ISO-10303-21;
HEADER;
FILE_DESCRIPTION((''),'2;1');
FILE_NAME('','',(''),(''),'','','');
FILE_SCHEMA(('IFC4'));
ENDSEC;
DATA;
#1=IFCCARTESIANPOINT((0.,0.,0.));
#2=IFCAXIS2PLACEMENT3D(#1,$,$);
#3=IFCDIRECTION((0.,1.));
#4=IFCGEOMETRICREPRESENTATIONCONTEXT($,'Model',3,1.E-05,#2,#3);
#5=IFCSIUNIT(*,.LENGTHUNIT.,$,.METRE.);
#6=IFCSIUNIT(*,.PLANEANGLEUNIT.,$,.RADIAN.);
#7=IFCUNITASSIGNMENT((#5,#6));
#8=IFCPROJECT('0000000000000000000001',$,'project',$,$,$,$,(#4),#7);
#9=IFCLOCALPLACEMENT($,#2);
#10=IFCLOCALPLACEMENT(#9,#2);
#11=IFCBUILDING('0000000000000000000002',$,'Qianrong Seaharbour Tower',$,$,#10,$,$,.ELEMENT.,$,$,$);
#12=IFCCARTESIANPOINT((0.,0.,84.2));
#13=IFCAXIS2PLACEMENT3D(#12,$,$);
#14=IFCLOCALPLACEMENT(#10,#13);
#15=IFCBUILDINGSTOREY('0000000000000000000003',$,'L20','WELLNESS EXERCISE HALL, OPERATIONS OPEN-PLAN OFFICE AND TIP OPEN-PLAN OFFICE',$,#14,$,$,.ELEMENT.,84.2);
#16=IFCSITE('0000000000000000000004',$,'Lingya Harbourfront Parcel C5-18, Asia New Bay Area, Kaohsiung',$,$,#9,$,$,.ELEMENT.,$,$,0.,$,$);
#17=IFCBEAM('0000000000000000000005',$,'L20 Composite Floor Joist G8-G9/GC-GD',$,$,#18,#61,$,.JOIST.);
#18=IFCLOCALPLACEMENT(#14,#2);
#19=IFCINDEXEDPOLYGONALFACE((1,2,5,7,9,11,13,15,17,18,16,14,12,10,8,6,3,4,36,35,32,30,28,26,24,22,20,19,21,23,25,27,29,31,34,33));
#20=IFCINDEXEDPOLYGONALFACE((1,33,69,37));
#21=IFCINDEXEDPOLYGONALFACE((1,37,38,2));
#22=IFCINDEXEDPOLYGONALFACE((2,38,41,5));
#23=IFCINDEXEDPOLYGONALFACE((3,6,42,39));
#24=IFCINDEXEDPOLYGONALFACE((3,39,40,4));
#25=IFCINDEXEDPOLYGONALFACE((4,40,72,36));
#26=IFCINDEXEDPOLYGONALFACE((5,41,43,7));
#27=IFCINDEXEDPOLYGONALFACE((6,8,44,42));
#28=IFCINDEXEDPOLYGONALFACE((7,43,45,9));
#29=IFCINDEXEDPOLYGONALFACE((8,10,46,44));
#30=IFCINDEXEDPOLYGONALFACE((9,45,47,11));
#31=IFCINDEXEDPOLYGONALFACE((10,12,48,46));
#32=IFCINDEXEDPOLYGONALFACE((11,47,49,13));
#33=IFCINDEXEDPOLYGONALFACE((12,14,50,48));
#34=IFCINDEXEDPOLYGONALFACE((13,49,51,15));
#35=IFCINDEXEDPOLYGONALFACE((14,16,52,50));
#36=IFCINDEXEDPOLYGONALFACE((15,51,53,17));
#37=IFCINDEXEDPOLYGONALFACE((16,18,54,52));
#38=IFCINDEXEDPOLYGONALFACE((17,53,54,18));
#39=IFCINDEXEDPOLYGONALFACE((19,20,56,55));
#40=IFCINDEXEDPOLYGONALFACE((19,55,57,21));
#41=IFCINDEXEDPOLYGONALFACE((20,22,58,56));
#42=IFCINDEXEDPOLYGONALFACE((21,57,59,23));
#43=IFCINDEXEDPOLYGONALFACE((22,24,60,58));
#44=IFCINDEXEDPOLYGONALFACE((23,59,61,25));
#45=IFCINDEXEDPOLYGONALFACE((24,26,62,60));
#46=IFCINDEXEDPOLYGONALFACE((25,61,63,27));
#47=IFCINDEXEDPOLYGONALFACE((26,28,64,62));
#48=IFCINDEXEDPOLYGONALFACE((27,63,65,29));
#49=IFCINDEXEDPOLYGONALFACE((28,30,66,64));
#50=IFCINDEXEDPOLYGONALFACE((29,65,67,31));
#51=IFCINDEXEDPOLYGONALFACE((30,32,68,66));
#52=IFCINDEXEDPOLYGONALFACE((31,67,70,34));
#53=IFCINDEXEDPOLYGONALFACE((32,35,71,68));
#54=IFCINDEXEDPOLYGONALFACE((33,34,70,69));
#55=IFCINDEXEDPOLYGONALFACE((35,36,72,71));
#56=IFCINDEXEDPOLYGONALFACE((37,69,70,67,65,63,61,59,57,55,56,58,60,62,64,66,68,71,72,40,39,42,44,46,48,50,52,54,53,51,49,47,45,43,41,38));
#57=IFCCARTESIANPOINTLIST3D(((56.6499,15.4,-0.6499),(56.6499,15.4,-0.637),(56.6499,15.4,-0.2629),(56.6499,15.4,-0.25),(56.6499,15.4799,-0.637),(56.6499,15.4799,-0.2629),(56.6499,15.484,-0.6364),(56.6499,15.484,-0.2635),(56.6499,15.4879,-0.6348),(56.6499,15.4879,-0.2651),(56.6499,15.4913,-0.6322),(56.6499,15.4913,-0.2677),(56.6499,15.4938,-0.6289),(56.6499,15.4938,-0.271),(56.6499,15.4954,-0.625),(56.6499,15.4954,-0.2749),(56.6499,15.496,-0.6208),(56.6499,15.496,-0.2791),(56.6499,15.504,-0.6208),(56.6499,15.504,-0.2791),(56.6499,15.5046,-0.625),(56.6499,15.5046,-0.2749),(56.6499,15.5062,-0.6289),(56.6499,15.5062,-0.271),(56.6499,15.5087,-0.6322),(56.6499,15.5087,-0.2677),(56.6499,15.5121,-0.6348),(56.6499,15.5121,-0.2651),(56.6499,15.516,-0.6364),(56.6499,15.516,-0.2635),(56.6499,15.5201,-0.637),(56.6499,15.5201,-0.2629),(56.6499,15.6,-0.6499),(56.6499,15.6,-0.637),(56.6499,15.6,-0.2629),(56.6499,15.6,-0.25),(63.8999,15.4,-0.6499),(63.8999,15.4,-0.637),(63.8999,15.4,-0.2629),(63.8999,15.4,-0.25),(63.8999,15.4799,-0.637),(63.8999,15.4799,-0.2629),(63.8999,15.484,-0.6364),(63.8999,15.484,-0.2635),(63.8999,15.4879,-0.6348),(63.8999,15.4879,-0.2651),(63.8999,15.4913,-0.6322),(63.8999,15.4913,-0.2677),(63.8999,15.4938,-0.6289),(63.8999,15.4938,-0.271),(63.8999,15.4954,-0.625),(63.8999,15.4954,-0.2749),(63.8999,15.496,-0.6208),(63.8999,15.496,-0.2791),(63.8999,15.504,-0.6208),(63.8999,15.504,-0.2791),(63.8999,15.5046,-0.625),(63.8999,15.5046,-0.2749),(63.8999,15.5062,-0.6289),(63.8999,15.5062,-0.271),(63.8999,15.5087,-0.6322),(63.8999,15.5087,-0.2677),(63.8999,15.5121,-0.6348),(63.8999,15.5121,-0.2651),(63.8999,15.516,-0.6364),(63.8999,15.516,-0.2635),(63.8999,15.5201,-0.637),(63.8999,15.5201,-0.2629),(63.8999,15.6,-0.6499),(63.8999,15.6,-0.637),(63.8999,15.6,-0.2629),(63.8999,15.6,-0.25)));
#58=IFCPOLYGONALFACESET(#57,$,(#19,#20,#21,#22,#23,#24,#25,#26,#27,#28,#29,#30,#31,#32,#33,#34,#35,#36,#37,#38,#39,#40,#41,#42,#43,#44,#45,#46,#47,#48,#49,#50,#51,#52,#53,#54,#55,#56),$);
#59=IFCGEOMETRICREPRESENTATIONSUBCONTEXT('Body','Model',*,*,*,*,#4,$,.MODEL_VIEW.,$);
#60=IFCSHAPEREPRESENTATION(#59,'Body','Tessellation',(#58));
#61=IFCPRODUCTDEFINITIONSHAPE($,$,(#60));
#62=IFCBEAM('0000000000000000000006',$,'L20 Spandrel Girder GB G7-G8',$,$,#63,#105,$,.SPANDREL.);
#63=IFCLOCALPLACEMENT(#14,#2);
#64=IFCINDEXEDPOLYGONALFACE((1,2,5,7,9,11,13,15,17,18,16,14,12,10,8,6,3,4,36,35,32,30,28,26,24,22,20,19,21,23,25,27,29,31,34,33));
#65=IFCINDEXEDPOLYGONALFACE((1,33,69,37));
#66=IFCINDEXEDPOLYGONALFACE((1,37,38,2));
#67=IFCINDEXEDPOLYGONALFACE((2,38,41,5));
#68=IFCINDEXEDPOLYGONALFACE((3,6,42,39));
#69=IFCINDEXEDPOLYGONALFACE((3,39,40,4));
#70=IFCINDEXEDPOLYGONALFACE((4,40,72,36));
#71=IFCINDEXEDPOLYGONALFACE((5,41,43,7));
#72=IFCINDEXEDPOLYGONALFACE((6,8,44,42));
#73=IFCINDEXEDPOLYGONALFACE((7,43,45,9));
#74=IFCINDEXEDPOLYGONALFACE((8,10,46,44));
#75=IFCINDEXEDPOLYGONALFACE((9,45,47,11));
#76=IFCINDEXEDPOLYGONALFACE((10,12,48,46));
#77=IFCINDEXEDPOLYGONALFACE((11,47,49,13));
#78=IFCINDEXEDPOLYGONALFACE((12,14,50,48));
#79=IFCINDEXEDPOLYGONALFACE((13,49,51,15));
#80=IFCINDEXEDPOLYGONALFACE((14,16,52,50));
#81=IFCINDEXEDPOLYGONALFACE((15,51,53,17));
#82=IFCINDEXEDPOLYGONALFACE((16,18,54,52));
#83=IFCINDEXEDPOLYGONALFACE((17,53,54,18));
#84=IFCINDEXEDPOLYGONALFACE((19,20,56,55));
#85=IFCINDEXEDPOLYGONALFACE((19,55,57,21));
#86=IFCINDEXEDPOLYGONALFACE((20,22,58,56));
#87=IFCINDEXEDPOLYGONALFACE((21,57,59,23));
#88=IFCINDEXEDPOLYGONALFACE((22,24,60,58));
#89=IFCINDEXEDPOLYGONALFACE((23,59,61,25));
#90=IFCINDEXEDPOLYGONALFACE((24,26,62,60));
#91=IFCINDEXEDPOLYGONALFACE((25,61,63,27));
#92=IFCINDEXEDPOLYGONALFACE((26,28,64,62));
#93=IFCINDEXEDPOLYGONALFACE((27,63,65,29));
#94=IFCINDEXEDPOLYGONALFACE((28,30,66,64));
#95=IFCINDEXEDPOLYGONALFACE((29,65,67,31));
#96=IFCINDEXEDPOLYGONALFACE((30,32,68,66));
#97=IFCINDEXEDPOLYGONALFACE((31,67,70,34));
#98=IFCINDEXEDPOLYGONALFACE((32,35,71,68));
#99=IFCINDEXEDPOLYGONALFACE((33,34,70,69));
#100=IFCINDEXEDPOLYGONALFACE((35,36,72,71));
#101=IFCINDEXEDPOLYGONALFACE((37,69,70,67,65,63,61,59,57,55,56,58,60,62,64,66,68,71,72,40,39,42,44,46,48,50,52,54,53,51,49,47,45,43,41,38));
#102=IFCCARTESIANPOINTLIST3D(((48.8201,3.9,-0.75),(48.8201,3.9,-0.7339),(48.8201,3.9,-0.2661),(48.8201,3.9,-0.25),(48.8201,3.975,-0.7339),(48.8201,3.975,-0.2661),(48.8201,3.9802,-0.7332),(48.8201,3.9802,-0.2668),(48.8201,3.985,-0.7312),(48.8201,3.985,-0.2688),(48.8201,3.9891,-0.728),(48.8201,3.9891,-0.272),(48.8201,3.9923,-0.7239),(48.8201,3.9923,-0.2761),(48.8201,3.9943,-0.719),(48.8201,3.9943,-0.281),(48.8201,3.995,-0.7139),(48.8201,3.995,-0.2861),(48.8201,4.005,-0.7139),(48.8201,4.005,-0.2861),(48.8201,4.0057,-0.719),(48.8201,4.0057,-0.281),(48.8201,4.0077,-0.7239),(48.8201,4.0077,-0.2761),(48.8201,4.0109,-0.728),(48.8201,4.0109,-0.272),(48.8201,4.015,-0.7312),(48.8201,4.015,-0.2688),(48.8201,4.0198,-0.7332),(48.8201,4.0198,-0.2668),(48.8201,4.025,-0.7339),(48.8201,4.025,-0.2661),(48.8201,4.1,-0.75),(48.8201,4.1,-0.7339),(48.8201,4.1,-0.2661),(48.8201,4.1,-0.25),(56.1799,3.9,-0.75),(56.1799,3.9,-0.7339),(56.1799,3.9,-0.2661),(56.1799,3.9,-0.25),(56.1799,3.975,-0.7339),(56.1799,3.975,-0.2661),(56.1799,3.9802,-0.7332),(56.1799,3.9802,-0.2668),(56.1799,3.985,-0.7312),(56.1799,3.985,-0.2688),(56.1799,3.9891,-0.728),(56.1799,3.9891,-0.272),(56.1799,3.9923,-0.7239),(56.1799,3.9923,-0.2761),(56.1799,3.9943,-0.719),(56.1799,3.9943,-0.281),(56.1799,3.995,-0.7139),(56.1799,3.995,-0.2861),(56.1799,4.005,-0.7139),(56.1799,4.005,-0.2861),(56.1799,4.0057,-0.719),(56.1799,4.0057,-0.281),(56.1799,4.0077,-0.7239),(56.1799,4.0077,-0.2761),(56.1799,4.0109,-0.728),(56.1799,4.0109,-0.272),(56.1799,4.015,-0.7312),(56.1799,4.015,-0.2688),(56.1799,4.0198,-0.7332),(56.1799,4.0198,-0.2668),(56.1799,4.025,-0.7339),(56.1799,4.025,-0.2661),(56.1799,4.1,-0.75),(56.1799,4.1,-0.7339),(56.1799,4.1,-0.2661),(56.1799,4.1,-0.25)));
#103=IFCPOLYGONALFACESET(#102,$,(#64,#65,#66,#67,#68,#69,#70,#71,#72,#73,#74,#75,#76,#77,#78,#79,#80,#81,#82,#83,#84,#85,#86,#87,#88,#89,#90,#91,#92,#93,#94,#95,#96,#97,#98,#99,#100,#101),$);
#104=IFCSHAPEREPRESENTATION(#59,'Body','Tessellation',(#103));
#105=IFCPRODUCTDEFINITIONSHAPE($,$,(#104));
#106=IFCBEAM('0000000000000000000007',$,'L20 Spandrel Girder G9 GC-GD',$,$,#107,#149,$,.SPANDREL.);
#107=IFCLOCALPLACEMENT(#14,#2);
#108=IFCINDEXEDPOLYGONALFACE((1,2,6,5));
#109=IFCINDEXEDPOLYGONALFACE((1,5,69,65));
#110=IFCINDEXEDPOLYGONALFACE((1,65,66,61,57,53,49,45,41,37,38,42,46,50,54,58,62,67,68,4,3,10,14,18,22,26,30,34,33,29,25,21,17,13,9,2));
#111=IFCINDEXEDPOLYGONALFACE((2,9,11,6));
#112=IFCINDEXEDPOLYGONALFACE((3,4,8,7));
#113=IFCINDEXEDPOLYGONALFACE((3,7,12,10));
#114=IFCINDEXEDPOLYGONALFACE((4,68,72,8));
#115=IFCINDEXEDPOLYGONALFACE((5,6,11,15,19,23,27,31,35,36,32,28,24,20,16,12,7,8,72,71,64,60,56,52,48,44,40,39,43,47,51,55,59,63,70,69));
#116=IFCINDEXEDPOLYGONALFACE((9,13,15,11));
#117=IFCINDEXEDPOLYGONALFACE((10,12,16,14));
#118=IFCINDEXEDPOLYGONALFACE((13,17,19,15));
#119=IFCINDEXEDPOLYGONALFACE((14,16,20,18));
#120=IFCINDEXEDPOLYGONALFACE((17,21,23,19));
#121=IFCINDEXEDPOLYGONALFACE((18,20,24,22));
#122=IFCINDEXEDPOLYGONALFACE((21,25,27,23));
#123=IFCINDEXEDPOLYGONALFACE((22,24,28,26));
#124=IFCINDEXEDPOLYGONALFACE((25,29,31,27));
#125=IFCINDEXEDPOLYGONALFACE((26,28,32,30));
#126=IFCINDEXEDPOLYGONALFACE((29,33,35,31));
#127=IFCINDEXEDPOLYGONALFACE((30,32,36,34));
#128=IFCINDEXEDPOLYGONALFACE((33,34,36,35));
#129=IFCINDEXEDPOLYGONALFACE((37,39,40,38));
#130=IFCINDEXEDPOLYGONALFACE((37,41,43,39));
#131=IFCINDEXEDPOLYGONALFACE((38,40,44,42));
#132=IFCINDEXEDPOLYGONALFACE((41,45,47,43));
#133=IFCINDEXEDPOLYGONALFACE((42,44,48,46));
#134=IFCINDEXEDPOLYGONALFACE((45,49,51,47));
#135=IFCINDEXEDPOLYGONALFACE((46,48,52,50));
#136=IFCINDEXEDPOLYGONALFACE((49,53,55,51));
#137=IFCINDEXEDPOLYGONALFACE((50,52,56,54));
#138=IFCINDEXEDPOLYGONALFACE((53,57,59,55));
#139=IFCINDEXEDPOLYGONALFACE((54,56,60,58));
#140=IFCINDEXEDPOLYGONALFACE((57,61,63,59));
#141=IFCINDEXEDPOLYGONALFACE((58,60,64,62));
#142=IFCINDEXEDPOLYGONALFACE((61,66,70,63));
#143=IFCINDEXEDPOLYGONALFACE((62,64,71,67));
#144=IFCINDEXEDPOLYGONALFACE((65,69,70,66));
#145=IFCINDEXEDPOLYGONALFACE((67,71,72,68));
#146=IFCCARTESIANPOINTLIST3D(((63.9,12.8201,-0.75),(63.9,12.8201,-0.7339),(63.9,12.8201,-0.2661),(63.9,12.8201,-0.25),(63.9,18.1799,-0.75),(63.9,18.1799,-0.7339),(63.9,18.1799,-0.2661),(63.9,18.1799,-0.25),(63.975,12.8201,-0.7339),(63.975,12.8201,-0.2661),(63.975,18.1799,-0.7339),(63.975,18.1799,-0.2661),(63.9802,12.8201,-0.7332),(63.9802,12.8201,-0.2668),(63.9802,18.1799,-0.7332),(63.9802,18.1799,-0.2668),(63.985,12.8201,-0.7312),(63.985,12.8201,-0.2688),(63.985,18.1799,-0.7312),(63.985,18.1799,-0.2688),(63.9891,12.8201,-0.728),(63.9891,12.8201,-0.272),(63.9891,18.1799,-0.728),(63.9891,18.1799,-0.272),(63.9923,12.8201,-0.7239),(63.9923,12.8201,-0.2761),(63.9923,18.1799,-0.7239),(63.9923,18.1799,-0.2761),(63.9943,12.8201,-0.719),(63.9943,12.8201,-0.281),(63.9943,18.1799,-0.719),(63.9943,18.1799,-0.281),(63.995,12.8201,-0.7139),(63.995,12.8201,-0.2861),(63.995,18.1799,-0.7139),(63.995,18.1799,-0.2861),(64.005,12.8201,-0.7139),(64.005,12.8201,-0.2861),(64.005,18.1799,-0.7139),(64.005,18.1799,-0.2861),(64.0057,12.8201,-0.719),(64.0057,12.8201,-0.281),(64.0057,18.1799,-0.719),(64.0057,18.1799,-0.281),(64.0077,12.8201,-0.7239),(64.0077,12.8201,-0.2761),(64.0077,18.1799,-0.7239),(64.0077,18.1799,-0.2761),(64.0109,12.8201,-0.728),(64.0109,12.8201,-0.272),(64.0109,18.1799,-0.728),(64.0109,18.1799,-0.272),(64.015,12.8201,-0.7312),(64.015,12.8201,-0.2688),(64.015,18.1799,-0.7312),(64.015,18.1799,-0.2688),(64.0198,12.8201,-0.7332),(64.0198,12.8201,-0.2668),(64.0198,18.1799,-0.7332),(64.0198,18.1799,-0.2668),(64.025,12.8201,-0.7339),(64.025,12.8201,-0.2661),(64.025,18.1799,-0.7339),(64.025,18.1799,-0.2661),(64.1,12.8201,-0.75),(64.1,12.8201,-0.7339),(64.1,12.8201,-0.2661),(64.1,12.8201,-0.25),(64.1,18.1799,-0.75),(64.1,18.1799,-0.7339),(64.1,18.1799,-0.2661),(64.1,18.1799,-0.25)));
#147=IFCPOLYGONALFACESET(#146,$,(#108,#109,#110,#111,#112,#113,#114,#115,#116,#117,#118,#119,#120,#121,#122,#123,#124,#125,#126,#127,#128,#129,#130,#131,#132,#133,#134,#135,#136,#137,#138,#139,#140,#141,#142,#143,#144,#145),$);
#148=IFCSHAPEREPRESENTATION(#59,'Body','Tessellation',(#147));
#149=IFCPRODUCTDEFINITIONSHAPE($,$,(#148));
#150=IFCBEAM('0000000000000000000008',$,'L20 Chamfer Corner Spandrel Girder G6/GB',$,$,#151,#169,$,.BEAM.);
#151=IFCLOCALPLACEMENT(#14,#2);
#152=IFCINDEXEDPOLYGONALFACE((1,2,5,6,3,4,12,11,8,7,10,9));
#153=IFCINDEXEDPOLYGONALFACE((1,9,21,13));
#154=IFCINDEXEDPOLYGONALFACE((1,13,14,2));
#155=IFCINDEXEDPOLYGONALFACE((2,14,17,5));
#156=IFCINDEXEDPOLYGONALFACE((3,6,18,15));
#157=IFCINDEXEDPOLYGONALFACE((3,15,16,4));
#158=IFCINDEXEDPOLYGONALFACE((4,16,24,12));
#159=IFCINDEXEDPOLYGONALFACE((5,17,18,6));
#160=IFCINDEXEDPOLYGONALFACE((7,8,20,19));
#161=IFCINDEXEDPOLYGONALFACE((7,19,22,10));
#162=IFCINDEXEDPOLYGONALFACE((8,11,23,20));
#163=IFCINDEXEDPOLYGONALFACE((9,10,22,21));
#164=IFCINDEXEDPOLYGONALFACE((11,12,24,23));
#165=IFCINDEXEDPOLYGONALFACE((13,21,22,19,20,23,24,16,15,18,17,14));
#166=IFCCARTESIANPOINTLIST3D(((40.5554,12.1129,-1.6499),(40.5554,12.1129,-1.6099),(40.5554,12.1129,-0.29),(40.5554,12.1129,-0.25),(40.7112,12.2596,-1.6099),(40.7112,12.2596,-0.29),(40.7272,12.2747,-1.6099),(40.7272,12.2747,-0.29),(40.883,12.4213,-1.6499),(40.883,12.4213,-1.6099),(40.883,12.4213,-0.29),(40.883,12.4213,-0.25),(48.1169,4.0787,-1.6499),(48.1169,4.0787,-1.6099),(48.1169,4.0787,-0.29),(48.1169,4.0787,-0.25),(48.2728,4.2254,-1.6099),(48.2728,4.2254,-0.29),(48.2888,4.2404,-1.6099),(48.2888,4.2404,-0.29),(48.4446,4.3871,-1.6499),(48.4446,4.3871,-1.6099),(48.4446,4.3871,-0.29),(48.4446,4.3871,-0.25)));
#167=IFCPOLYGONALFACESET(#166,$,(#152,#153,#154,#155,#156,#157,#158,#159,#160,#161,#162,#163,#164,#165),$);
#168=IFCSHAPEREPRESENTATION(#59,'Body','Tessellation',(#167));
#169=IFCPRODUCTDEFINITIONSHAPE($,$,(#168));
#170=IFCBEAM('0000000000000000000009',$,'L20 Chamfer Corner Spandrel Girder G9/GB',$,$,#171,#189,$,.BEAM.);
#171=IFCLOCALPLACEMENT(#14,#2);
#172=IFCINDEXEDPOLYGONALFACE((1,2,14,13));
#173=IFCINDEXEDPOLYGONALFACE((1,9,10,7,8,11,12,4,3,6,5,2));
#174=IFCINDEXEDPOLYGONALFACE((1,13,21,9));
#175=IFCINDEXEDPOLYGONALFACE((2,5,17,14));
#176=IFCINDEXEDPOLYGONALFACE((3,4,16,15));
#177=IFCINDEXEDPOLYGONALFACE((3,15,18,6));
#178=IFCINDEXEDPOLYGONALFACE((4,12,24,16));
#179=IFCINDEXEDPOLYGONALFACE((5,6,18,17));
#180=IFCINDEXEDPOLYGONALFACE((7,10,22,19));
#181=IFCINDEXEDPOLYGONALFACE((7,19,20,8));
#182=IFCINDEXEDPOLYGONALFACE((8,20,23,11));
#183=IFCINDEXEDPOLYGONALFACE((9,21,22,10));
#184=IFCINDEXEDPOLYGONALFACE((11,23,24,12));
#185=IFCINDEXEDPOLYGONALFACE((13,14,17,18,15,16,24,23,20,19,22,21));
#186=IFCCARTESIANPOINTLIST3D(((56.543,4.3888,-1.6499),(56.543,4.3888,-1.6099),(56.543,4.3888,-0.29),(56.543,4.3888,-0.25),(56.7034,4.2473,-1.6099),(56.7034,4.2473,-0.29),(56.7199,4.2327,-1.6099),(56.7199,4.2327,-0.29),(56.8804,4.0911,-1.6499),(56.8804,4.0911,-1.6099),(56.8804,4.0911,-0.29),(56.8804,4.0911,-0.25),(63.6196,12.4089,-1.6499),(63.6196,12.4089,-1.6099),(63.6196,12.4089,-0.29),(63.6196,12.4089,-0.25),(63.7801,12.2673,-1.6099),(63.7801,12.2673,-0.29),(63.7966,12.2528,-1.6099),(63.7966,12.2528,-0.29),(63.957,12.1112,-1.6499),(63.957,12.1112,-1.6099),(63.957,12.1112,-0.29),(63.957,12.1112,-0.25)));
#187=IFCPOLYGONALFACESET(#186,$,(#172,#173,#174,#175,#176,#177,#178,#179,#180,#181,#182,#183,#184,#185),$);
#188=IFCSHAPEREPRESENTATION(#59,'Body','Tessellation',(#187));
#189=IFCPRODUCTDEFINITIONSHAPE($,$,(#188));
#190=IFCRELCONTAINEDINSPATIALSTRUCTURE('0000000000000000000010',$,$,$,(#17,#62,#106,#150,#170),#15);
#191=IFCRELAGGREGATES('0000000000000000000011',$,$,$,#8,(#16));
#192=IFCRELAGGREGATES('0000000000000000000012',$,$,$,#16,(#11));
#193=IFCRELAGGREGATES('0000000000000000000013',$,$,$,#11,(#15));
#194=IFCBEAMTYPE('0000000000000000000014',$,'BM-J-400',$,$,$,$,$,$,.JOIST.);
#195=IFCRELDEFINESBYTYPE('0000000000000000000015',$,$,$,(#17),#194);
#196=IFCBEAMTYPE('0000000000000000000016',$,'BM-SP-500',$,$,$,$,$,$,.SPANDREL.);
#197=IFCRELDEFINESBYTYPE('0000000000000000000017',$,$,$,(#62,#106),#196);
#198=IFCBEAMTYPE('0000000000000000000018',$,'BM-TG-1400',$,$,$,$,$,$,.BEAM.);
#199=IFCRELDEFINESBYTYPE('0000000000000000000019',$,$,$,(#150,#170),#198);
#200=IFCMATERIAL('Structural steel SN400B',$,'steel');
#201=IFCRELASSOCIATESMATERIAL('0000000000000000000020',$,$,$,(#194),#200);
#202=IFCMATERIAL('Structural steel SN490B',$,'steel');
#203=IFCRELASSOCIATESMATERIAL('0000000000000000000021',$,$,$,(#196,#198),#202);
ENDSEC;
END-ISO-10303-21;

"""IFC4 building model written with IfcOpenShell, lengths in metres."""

from ifc_helpers import new_model, si_unit, direction, frame, origin, origin_2d, place, context, subcontext, project, spatial, i_section, extrude, material, material_profile, profile_set, type_object, element, save


model = new_model("IFC4")

# Units and contexts
model_context = context("Model", 3, precision=1e-05, world=origin(), true_north=direction((0.0, 1.0)))
body_context = subcontext(model_context, "Body", "Model", "MODEL_VIEW")
ifc_project = project(units=[si_unit("LENGTHUNIT", "METRE"), si_unit("PLANEANGLEUNIT", "RADIAN")], contexts=[model_context])

# Site, building, storey
site_placement = place(None, origin())
site = spatial("IfcSite", under=ifc_project, at=site_placement, Name="Lingya Harbourfront Parcel C5-18, Asia New Bay Area, Kaohsiung", CompositionType="ELEMENT", RefElevation=0.0)
building_placement = place(site_placement, origin())
building = spatial("IfcBuilding", under=site, at=building_placement, Name="Qianrong Seaharbour Tower", CompositionType="ELEMENT")
storey_placement = place(building_placement, frame((0.0, 0.0, 84.2)))
storey = spatial("IfcBuildingStorey", under=building, at=storey_placement, Name="L20", Description="WELLNESS EXERCISE HALL, OPERATIONS OPEN-PLAN OFFICE AND TIP OPEN-PLAN OFFICE", CompositionType="ELEMENT", Elevation=84.2)

# Shared definitions
ifc_material_1 = material(Name="Structural steel SN490B", Category="steel")

# Beams
ifc_material_2 = material(Name="Structural steel SN400B", Category="steel")
ifc_material_profile_1 = material_profile(ifc_material_2, i_section(OverallWidth=0.2, OverallDepth=0.3999, WebThickness=0.0081, FlangeThickness=0.0129, FilletRadius=0.0161, at=origin_2d()), Name="H400x200x8x13")
ifc_profile_set_1 = profile_set([ifc_material_profile_1], Name="Structural steel SN400B")
beam_type_1 = type_object("IfcBeamType", Name="BM-J-400", PredefinedType="JOIST", material=ifc_profile_set_1)
beam_1_placement = place(storey_placement, frame((56.6499, 15.5, -0.45), z_axis=(1.0, 0.0, 0.0), x_axis=(0.0, 1.0, 0.0)))
element("IfcBeam", 1, at=beam_1_placement, inside=storey, type_object=beam_type_1, Name="L20 Composite Floor Joist G8-G9/GC-GD", PredefinedType="JOIST", context=body_context, shape_type="SweptSolid", body=[
    extrude(i_section(OverallWidth=0.2, OverallDepth=0.3999, WebThickness=0.0081, FlangeThickness=0.0129, FilletRadius=0.0161, at=origin_2d()), origin(), (0.0, 0.0, 1.0), 7.25),
])
ifc_material_profile_2 = material_profile(ifc_material_1, i_section(OverallWidth=0.2, OverallDepth=0.5, WebThickness=0.01, FlangeThickness=0.0161, FilletRadius=0.02, at=origin_2d()), Name="H500x200x10x16")
ifc_profile_set_2 = profile_set([ifc_material_profile_2], Name="Structural steel SN490B")
beam_type_2 = type_object("IfcBeamType", Name="BM-SP-500", PredefinedType="SPANDREL", material=ifc_profile_set_2)
beam_2_placement = place(storey_placement, frame((48.8201, 4.0, -0.5), z_axis=(1.0, 0.0, 0.0), x_axis=(0.0, 1.0, 0.0)))
element("IfcBeam", 2, at=beam_2_placement, inside=storey, type_object=beam_type_2, Name="L20 Spandrel Girder GB G7-G8", PredefinedType="SPANDREL", context=body_context, shape_type="SweptSolid", body=[
    extrude(i_section(OverallWidth=0.2, OverallDepth=0.5, WebThickness=0.01, FlangeThickness=0.0161, FilletRadius=0.02, at=origin_2d()), origin(), (0.0, 0.0, 1.0), 7.3599),
])
beam_3_placement = place(storey_placement, frame((64.0, 12.8201, -0.5), z_axis=(0.0, 1.0, 0.0), x_axis=(-1.0, 0.0, 0.0)))
element("IfcBeam", 3, at=beam_3_placement, inside=storey, type_object=beam_type_2, Name="L20 Spandrel Girder G9 GC-GD", PredefinedType="SPANDREL", context=body_context, shape_type="SweptSolid", body=[
    extrude(i_section(OverallWidth=0.2, OverallDepth=0.5, WebThickness=0.01, FlangeThickness=0.0161, FilletRadius=0.02, at=origin_2d()), origin(), (0.0, 0.0, 1.0), 5.3599),
])
ifc_material_profile_3 = material_profile(ifc_material_1, i_section(OverallWidth=0.45, OverallDepth=1.3999, WebThickness=0.022, FlangeThickness=0.04, at=origin_2d()), Name="BH1400x450x22x40")
ifc_profile_set_3 = profile_set([ifc_material_profile_3], Name="Structural steel SN490B")
beam_type_3 = type_object("IfcBeamType", Name="BM-TG-1400", PredefinedType="BEAM", material=ifc_profile_set_3)
beam_4_placement = place(storey_placement, frame((48.2808, 4.2329, -0.95), z_axis=(-0.685362, 0.728203, 0.0), x_axis=(-0.728203, -0.685362, 0.0)))
element("IfcBeam", 4, at=beam_4_placement, inside=storey, type_object=beam_type_3, Name="L20 Chamfer Corner Spandrel Girder G6/GB", PredefinedType="BEAM", context=body_context, shape_type="SweptSolid", body=[
    extrude(i_section(OverallWidth=0.45, OverallDepth=1.3999, WebThickness=0.022, FlangeThickness=0.04, at=origin_2d()), origin(), (0.0, 0.0, 1.0), 11.033),
])
beam_5_placement = place(storey_placement, frame((56.7117, 4.24, -0.95), z_axis=(0.661631, 0.74983, 0.0), x_axis=(-0.74983, 0.661631, 0.0)))
element("IfcBeam", 5, at=beam_5_placement, inside=storey, type_object=beam_type_3, Name="L20 Chamfer Corner Spandrel Girder G9/GB", PredefinedType="BEAM", context=body_context, shape_type="SweptSolid", body=[
    extrude(i_section(OverallWidth=0.45, OverallDepth=1.3999, WebThickness=0.022, FlangeThickness=0.04, at=origin_2d()), origin(), (0.0, 0.0, 1.0), 10.6958),
])

save(model, "model.ifc")
